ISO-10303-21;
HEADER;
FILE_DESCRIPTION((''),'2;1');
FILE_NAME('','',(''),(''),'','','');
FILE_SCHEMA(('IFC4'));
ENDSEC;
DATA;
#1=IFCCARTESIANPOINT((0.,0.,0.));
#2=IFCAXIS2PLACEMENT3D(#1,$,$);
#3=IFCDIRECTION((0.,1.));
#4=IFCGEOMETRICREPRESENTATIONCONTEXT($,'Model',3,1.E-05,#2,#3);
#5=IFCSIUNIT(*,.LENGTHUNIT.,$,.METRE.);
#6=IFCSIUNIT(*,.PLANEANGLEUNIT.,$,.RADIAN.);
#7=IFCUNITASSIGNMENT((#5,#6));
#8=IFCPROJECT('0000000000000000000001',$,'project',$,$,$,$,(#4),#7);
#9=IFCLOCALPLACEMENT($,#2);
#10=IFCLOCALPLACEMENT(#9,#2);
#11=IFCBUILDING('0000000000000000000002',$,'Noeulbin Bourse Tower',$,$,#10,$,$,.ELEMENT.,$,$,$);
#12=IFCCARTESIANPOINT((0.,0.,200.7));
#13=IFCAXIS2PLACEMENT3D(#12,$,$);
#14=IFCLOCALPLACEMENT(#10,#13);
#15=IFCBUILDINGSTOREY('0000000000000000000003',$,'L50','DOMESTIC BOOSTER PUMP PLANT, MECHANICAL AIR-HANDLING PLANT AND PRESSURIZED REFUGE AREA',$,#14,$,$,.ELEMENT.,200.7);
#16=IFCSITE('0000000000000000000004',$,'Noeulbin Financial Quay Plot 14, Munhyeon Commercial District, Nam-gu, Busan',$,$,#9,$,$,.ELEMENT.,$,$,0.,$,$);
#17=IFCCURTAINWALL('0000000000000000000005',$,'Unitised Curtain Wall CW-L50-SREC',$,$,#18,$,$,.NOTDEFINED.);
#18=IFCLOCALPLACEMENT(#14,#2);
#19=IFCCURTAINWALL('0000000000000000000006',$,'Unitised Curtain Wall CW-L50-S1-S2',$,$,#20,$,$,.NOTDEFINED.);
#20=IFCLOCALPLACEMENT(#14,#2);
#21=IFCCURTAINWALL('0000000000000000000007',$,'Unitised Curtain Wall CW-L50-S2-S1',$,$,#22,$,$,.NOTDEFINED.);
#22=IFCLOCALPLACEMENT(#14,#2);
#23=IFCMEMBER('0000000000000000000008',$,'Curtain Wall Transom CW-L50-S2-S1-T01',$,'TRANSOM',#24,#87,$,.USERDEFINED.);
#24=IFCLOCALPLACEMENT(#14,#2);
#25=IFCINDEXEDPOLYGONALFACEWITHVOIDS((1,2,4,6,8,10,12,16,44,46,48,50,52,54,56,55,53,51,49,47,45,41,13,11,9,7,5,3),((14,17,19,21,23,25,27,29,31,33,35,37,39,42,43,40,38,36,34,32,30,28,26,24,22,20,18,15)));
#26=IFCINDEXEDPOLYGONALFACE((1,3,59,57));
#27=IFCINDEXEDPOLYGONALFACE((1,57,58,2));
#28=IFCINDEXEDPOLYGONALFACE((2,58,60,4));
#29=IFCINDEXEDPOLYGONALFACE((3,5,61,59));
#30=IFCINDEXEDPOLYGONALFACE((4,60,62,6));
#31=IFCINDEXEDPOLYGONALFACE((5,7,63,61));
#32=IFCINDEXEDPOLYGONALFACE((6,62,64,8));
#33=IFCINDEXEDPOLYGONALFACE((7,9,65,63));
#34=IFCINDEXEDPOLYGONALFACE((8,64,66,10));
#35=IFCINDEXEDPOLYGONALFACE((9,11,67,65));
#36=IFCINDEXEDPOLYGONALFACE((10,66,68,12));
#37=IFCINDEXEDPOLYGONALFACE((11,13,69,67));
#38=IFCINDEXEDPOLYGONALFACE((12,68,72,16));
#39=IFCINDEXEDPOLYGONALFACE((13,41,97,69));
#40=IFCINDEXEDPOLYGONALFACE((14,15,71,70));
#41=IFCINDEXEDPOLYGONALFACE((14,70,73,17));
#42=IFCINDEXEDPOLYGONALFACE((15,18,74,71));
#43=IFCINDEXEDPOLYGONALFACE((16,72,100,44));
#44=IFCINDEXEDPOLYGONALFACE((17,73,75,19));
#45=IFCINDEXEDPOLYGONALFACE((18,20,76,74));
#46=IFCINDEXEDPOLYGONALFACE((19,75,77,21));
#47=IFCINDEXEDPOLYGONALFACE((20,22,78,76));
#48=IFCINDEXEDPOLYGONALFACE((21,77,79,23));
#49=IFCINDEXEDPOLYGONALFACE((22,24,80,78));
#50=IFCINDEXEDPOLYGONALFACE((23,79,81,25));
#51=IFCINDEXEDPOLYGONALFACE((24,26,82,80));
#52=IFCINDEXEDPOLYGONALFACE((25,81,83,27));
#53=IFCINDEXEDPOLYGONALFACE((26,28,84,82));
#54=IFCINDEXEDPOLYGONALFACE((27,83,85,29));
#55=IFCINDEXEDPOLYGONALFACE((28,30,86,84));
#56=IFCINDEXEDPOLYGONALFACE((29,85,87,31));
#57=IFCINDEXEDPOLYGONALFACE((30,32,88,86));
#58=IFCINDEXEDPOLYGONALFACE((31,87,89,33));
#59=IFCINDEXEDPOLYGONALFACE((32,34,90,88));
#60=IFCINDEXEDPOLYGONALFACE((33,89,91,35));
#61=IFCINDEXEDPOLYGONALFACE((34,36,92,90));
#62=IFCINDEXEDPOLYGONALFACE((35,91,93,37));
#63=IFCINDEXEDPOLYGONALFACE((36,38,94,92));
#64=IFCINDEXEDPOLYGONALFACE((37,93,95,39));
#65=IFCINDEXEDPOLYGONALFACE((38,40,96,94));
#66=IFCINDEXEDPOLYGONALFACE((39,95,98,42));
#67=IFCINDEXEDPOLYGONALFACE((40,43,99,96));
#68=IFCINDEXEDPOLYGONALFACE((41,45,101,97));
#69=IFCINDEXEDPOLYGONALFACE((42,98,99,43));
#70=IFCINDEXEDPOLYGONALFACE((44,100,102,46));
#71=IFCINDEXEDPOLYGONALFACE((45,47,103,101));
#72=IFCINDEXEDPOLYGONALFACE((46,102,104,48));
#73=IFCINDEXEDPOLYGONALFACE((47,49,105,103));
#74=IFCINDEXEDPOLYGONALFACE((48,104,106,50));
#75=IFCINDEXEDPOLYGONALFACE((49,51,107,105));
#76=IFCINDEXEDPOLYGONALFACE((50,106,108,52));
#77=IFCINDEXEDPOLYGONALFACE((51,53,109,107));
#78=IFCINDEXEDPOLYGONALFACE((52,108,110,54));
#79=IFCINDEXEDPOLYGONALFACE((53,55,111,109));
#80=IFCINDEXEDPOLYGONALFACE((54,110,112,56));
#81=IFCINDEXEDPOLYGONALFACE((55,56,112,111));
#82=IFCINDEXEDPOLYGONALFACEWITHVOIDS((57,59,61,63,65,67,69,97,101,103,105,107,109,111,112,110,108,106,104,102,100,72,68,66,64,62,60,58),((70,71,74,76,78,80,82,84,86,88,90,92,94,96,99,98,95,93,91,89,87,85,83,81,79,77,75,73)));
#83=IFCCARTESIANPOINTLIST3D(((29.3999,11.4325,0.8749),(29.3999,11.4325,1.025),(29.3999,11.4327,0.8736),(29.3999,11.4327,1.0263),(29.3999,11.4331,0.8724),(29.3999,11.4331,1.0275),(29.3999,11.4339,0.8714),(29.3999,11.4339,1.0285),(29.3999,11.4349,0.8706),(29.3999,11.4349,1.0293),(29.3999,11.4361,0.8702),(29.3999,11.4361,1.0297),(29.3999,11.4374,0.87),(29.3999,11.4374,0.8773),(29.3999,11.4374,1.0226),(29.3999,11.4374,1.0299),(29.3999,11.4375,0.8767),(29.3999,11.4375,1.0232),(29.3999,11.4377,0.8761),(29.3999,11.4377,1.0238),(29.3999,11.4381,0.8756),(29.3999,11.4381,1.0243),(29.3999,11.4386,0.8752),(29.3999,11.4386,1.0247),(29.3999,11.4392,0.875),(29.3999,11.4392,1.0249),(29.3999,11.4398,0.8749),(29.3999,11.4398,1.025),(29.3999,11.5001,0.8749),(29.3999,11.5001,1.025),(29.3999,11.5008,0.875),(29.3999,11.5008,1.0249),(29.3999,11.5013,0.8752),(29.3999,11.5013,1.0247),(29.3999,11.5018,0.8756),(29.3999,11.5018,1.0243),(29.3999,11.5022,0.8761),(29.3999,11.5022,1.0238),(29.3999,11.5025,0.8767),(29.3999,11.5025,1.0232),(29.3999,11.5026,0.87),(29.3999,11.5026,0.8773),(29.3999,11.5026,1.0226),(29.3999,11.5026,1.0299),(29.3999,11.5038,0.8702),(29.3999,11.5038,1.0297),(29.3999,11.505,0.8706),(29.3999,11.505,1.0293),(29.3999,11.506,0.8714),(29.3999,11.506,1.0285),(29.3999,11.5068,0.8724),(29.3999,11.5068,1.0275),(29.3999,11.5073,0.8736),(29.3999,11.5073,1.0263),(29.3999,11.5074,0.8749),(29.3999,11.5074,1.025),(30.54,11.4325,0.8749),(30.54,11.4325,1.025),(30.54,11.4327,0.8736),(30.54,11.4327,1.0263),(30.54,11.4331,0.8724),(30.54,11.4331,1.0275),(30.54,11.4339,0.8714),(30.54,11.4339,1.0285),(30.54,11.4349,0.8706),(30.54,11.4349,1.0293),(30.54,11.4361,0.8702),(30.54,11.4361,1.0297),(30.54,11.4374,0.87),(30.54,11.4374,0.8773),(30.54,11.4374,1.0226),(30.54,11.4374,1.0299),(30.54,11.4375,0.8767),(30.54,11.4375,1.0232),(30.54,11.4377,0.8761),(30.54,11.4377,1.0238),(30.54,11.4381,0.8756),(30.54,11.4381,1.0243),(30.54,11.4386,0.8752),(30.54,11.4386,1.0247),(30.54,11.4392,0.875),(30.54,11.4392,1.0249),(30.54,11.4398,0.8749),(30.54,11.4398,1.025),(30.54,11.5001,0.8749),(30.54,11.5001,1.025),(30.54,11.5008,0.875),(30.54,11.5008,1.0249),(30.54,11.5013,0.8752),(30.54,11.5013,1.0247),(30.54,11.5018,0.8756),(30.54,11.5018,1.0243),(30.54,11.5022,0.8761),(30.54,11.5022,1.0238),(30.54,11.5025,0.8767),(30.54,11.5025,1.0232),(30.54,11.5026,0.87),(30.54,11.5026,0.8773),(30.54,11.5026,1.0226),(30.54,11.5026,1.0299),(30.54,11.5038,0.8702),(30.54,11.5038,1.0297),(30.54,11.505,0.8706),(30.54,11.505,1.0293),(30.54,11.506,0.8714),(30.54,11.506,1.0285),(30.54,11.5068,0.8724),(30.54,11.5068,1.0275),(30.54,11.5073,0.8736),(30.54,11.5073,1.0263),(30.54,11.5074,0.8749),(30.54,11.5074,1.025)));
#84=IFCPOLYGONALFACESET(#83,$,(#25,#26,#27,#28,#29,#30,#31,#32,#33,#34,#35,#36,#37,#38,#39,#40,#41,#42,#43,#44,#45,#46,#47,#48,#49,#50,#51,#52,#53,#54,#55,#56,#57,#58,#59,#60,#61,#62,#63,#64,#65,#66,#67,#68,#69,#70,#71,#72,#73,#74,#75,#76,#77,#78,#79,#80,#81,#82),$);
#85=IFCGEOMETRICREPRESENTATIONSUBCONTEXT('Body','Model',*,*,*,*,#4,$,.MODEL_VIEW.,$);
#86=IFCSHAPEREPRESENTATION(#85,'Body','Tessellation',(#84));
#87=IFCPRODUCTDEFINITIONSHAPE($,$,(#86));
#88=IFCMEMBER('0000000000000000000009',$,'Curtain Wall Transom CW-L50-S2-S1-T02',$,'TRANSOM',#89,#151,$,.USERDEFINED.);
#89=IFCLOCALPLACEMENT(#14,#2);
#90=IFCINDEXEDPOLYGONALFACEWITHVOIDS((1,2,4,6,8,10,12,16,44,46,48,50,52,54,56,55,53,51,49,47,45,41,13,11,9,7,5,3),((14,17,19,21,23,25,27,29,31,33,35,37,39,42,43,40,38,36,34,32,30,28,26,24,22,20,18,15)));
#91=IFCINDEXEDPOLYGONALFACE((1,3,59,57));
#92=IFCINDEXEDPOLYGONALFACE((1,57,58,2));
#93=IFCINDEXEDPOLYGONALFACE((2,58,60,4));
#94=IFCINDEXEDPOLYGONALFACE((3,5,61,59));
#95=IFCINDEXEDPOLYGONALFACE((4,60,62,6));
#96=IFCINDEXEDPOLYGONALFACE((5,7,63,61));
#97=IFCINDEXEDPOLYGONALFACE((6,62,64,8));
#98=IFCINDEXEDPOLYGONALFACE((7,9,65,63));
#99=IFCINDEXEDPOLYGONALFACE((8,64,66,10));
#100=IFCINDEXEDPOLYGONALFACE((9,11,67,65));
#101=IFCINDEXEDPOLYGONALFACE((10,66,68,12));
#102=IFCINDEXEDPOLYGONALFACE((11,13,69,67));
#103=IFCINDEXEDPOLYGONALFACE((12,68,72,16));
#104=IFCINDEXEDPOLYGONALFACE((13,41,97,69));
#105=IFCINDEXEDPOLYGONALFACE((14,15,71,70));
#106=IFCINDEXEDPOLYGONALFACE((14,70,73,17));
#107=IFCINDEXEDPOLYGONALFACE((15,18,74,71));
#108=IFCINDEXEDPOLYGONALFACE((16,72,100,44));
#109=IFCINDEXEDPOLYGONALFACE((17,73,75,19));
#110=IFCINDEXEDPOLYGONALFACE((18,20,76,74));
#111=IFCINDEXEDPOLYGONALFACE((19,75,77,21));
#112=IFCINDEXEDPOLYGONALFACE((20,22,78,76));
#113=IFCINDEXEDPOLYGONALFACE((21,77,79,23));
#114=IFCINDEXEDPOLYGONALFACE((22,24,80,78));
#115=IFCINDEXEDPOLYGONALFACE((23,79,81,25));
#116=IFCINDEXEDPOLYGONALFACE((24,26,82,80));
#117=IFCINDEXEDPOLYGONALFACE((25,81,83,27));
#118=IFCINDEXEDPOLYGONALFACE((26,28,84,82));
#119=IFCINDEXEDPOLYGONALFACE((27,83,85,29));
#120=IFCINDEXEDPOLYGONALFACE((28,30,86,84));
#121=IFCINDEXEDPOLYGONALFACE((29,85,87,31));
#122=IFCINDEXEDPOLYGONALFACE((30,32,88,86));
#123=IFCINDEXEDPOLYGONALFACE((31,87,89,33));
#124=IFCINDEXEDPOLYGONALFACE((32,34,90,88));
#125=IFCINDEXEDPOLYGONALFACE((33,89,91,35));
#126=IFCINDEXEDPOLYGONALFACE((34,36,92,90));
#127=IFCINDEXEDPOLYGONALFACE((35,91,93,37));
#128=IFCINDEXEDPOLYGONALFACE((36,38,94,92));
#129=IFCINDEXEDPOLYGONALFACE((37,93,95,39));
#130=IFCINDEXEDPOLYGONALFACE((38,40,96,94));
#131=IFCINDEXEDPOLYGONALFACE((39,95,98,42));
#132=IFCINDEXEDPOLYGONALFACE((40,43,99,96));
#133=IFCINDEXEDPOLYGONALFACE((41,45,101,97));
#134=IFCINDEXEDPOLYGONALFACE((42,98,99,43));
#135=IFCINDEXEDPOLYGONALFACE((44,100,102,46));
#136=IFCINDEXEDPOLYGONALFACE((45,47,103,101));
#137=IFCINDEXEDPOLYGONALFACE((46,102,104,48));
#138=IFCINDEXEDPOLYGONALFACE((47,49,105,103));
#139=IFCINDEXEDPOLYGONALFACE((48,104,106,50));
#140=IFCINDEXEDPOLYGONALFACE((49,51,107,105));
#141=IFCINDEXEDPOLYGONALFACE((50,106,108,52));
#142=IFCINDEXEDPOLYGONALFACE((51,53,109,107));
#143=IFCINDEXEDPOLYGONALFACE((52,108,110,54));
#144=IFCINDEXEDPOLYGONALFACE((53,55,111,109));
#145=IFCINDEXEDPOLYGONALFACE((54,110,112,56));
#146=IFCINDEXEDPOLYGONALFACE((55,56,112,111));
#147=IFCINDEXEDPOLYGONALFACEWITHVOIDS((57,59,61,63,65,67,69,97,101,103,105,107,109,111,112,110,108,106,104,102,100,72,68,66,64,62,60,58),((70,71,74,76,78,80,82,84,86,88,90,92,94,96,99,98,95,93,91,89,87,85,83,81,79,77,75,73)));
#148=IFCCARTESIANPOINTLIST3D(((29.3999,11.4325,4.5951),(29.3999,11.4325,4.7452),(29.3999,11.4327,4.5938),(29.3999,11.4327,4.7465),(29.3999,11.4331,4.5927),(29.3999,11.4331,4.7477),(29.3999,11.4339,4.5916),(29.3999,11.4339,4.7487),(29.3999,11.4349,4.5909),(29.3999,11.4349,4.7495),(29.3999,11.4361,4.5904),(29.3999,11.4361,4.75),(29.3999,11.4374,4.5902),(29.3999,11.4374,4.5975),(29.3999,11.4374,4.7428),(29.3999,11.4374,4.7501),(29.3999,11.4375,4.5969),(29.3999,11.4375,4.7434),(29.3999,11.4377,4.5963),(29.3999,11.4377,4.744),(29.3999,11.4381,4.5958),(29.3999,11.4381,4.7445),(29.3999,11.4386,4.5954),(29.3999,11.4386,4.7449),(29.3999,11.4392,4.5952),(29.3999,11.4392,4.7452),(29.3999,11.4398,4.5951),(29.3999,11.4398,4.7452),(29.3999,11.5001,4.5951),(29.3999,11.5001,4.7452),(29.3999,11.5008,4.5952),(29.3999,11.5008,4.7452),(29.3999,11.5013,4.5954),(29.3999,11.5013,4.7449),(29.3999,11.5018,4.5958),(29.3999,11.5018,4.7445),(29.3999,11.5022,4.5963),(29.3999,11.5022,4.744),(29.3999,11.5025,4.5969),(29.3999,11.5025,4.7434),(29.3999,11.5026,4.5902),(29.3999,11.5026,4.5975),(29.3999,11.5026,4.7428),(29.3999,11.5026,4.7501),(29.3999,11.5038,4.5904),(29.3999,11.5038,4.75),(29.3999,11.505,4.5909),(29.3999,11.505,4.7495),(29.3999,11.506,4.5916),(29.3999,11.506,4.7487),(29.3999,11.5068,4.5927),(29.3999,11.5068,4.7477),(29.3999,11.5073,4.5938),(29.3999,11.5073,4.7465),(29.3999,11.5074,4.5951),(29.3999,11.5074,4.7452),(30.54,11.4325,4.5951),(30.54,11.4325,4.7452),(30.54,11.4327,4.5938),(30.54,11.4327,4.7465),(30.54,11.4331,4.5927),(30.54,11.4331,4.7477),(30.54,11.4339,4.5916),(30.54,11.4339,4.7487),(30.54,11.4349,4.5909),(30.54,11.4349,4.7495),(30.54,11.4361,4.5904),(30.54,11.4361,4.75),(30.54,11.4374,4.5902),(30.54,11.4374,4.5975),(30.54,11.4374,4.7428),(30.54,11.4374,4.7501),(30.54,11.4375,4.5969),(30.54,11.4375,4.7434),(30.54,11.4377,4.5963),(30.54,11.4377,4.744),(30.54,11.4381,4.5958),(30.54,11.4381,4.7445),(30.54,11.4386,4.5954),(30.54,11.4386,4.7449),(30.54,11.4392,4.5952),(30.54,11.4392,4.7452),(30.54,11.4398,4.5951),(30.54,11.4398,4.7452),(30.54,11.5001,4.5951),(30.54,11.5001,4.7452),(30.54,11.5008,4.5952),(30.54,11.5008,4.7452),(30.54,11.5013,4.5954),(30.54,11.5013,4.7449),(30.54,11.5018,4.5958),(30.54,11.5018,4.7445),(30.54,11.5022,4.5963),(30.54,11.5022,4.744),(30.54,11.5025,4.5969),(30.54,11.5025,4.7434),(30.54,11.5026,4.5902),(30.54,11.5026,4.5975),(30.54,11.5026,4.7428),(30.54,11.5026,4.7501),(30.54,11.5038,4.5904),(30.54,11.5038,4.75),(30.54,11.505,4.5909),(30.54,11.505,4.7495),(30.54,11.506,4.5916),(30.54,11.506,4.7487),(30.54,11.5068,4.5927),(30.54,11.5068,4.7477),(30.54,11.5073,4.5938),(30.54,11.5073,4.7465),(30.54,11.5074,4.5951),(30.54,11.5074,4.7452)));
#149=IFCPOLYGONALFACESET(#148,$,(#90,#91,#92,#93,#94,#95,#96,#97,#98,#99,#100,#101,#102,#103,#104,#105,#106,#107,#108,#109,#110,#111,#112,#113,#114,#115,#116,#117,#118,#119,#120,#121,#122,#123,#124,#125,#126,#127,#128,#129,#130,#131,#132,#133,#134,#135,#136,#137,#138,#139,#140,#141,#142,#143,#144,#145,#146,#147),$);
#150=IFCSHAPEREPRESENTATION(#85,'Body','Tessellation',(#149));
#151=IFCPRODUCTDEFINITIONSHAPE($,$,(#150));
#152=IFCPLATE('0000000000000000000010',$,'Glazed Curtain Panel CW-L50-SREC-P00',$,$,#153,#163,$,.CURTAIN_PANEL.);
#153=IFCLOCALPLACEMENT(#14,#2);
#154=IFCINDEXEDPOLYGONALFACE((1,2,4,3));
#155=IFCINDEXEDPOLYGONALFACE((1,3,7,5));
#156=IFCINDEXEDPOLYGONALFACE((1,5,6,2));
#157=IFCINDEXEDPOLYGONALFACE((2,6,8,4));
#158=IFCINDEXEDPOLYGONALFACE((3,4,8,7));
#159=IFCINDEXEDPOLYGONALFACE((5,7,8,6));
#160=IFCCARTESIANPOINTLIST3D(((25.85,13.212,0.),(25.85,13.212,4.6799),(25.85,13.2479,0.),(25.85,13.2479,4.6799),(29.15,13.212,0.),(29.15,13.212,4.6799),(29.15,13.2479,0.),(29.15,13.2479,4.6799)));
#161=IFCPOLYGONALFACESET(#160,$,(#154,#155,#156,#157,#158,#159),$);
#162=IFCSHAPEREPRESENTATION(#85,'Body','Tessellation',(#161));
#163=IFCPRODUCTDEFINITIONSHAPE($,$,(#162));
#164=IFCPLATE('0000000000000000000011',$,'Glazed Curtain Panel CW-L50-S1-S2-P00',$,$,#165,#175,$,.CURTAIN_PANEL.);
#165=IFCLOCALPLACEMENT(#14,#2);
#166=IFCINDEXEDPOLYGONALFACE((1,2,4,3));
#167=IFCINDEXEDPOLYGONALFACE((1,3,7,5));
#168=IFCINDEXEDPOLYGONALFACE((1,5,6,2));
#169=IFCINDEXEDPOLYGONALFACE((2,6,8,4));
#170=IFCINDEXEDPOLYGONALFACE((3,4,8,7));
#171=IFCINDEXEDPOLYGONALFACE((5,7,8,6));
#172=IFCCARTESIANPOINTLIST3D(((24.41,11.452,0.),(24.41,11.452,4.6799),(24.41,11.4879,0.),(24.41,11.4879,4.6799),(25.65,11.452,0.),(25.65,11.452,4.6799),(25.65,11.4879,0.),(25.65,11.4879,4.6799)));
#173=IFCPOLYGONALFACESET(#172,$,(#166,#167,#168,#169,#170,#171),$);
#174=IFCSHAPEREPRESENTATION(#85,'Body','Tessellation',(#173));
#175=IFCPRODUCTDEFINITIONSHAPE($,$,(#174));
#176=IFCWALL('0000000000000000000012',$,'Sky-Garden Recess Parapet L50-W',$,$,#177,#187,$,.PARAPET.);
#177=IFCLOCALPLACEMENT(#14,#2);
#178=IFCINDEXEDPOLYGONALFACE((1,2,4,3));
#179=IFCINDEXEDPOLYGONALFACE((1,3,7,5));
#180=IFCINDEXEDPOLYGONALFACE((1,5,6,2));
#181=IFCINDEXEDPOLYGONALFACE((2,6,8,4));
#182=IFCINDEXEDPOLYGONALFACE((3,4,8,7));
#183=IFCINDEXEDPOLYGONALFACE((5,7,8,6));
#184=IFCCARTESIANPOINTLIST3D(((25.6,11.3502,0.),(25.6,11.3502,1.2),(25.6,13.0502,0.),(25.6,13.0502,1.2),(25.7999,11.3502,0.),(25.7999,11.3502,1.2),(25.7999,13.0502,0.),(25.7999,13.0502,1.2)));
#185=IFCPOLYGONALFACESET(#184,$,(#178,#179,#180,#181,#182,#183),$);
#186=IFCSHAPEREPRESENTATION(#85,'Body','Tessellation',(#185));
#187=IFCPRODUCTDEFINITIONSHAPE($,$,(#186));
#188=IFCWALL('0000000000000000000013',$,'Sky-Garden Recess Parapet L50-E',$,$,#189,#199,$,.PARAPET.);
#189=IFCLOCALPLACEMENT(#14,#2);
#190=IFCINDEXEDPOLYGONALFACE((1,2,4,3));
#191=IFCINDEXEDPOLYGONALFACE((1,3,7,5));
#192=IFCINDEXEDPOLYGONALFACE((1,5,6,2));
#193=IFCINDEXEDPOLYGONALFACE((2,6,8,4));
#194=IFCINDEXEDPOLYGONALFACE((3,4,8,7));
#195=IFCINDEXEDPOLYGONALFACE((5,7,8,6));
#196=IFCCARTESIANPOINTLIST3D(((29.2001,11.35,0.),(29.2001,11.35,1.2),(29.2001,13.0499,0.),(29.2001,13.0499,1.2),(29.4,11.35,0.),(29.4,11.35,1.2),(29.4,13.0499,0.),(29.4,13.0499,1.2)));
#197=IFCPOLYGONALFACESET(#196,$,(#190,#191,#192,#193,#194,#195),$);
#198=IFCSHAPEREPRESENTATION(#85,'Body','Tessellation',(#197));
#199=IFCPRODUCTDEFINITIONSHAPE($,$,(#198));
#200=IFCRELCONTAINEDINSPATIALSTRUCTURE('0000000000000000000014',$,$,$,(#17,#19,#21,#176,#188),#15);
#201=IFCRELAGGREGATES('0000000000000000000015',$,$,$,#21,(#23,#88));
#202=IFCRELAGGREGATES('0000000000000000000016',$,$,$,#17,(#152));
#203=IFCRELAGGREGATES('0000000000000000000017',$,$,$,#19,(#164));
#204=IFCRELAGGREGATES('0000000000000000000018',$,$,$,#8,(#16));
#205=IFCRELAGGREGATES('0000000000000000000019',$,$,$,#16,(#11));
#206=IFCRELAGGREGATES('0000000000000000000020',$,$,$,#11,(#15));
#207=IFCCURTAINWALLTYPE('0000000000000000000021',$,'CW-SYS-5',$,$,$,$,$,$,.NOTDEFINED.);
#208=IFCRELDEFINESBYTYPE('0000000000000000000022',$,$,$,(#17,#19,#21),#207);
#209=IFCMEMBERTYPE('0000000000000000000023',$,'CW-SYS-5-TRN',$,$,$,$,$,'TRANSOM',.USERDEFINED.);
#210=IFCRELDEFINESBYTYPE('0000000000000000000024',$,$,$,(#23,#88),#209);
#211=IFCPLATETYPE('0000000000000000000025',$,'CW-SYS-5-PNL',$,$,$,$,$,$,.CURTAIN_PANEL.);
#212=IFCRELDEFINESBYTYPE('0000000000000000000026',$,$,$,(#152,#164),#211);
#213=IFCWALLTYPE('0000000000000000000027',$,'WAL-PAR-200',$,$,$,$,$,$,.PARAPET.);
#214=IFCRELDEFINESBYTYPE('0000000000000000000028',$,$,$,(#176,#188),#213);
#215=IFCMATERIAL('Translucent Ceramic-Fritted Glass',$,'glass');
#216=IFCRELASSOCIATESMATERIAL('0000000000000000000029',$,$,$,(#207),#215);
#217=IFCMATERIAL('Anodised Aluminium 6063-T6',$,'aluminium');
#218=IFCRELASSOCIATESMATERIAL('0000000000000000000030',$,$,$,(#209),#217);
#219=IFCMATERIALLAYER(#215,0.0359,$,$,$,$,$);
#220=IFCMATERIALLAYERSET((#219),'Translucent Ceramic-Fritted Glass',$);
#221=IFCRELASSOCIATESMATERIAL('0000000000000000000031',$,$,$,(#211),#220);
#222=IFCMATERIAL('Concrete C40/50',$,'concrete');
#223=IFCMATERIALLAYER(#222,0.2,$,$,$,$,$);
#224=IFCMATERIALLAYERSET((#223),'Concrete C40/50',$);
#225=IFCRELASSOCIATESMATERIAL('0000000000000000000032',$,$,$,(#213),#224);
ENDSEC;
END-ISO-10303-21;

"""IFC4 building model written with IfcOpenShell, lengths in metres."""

from ifc_helpers import new_model, si_unit, direction, frame, frame_2d, origin, origin_2d, place, context, subcontext, project, spatial, rectangle, hollow_rectangle, extrude, material, layer, layer_set, material_profile, profile_set, type_object, element, aggregate, save


model = new_model("IFC4")

# Units and contexts
model_context = context("Model", 3, precision=1e-05, world=origin(), true_north=direction((0.0, 1.0)))
body_context = subcontext(model_context, "Body", "Model", "MODEL_VIEW")
ifc_project = project(units=[si_unit("LENGTHUNIT", "METRE"), si_unit("PLANEANGLEUNIT", "RADIAN")], contexts=[model_context])

# Site, building, storey
site_placement = place(None, origin())
site = spatial("IfcSite", under=ifc_project, at=site_placement, Name="Noeulbin Financial Quay Plot 14, Munhyeon Commercial District, Nam-gu, Busan", CompositionType="ELEMENT", RefElevation=0.0)
building_placement = place(site_placement, origin())
building = spatial("IfcBuilding", under=site, at=building_placement, Name="Noeulbin Bourse Tower", CompositionType="ELEMENT")
storey_placement = place(building_placement, frame((0.0, 0.0, 200.7)))
storey = spatial("IfcBuildingStorey", under=building, at=storey_placement, Name="L50", Description="DOMESTIC BOOSTER PUMP PLANT, MECHANICAL AIR-HANDLING PLANT AND PRESSURIZED REFUGE AREA", CompositionType="ELEMENT", Elevation=200.7)

# Curtain wall
ifc_material_1 = material(Name="Translucent Ceramic-Fritted Glass", Category="glass")
curtain_wall_type = type_object("IfcCurtainWallType", Name="CW-SYS-5", PredefinedType="NOTDEFINED", material=ifc_material_1)
curtain_wall_1_placement = place(storey_placement, origin())
curtain_wall_1 = element("IfcCurtainWall", 1, at=curtain_wall_1_placement, inside=storey, type_object=curtain_wall_type, Name="Unitised Curtain Wall CW-L50-SREC", PredefinedType="NOTDEFINED")
ifc_material_2 = material(Name="Anodised Aluminium 6063-T6", Category="aluminium")

# Curtain walls
curtain_wall_2_placement = place(storey_placement, origin())
curtain_wall_2 = element("IfcCurtainWall", 2, at=curtain_wall_2_placement, inside=storey, type_object=curtain_wall_type, Name="Unitised Curtain Wall CW-L50-S1-S2", PredefinedType="NOTDEFINED")
curtain_wall_3_placement = place(storey_placement, origin())
curtain_wall_3 = element("IfcCurtainWall", 3, at=curtain_wall_3_placement, inside=storey, type_object=curtain_wall_type, Name="Unitised Curtain Wall CW-L50-S2-S1", PredefinedType="NOTDEFINED")

# Members
ifc_material_profile_1 = material_profile(ifc_material_2, hollow_rectangle(XDim=0.075, YDim=0.1599, WallThickness=0.0049, InnerFilletRadius=0.0024, OuterFilletRadius=0.0049, at=origin_2d()), Name="ALU-TRAN-75x160x5", Category="LoadBearing")
ifc_profile_set_1 = profile_set([ifc_material_profile_1], Name="Anodised Aluminium 6063-T6")
member_type_1 = type_object("IfcMemberType", Name="CW-SYS-5-TRN", ElementType="TRANSOM", PredefinedType="USERDEFINED", material=ifc_profile_set_1)
member_1_placement = place(storey_placement, frame((29.3999, 11.47, 0.95), z_axis=(1.0, 0.0, 0.0), x_axis=(0.0, 1.0, 0.0)))
member_1 = element("IfcMember", 4, at=member_1_placement, type_object=member_type_1, Name="Curtain Wall Transom CW-L50-S2-S1-T01", ObjectType="TRANSOM", PredefinedType="USERDEFINED", context=body_context, shape_type="SweptSolid", body=[
    extrude(hollow_rectangle(XDim=0.075, YDim=0.1599, WallThickness=0.0049, InnerFilletRadius=0.0024, OuterFilletRadius=0.0049, at=origin_2d()), origin(), (0.0, 0.0, 1.0), 1.1401),
])
member_2_placement = place(storey_placement, frame((29.3999, 11.47, 4.6702), z_axis=(1.0, 0.0, 0.0), x_axis=(0.0, 1.0, 0.0)))
member_2 = element("IfcMember", 5, at=member_2_placement, type_object=member_type_1, Name="Curtain Wall Transom CW-L50-S2-S1-T02", ObjectType="TRANSOM", PredefinedType="USERDEFINED", context=body_context, shape_type="SweptSolid", body=[
    extrude(hollow_rectangle(XDim=0.075, YDim=0.1599, WallThickness=0.0049, InnerFilletRadius=0.0024, OuterFilletRadius=0.0049, at=origin_2d()), origin(), (0.0, 0.0, 1.0), 1.1401),
])
aggregate(curtain_wall_3, [member_1, member_2])

# Plates
ifc_layer_1 = layer(ifc_material_1, 0.0359)
ifc_layer_set_1 = layer_set([ifc_layer_1], Name="Translucent Ceramic-Fritted Glass")
plate_type = type_object("IfcPlateType", Name="CW-SYS-5-PNL", PredefinedType="CURTAIN_PANEL", material=ifc_layer_set_1)
plate_1_placement = place(storey_placement, frame((27.5, 13.23, 0.0), z_axis=(0.0, 0.0, 1.0), x_axis=(1.0, 0.0, 0.0)))
plate_1 = element("IfcPlate", 6, at=plate_1_placement, type_object=plate_type, Name="Glazed Curtain Panel CW-L50-SREC-P00", PredefinedType="CURTAIN_PANEL", context=body_context, shape_type="SweptSolid", body=[
    extrude(rectangle(XDim=3.3, YDim=0.0359, at=origin_2d()), origin(), (0.0, 0.0, 1.0), 4.6799),
])
aggregate(curtain_wall_1, [plate_1])
plate_2_placement = place(storey_placement, frame((25.03, 11.47, 0.0), z_axis=(0.0, 0.0, 1.0), x_axis=(1.0, 0.0, 0.0)))
plate_2 = element("IfcPlate", 7, at=plate_2_placement, type_object=plate_type, Name="Glazed Curtain Panel CW-L50-S1-S2-P00", PredefinedType="CURTAIN_PANEL", context=body_context, shape_type="SweptSolid", body=[
    extrude(rectangle(XDim=1.24, YDim=0.0359, at=origin_2d()), origin(), (0.0, 0.0, 1.0), 4.6799),
])
aggregate(curtain_wall_2, [plate_2])

# Walls
ifc_material_3 = material(Name="Concrete C40/50", Category="concrete")
ifc_layer_2 = layer(ifc_material_3, 0.2)
ifc_layer_set_2 = layer_set([ifc_layer_2], Name="Concrete C40/50")
wall_type = type_object("IfcWallType", Name="WAL-PAR-200", PredefinedType="PARAPET", material=ifc_layer_set_2)
for number, where, z_axis, x_axis, name in (
    (8, (25.7, 11.3501, 0.0), (0.0, 0.0, 1.0), (0.0, 1.0, 0.0), "Sky-Garden Recess Parapet L50-W"),
    (9, (29.3, 13.05, 0.0), (0.0, 0.0, 1.0), (0.0, -1.0, 0.0), "Sky-Garden Recess Parapet L50-E"),
):
    element("IfcWall", number, at=place(storey_placement, frame(where, z_axis=z_axis, x_axis=x_axis)), inside=storey, type_object=wall_type, Name=name, PredefinedType="PARAPET", context=body_context, shape_type="SweptSolid", body=[
        extrude(rectangle(XDim=1.7, YDim=0.2, at=frame_2d((0.8501, 0.0))), origin(), (0.0, 0.0, 1.0), 1.2),
    ])

save(model, "model.ifc")
